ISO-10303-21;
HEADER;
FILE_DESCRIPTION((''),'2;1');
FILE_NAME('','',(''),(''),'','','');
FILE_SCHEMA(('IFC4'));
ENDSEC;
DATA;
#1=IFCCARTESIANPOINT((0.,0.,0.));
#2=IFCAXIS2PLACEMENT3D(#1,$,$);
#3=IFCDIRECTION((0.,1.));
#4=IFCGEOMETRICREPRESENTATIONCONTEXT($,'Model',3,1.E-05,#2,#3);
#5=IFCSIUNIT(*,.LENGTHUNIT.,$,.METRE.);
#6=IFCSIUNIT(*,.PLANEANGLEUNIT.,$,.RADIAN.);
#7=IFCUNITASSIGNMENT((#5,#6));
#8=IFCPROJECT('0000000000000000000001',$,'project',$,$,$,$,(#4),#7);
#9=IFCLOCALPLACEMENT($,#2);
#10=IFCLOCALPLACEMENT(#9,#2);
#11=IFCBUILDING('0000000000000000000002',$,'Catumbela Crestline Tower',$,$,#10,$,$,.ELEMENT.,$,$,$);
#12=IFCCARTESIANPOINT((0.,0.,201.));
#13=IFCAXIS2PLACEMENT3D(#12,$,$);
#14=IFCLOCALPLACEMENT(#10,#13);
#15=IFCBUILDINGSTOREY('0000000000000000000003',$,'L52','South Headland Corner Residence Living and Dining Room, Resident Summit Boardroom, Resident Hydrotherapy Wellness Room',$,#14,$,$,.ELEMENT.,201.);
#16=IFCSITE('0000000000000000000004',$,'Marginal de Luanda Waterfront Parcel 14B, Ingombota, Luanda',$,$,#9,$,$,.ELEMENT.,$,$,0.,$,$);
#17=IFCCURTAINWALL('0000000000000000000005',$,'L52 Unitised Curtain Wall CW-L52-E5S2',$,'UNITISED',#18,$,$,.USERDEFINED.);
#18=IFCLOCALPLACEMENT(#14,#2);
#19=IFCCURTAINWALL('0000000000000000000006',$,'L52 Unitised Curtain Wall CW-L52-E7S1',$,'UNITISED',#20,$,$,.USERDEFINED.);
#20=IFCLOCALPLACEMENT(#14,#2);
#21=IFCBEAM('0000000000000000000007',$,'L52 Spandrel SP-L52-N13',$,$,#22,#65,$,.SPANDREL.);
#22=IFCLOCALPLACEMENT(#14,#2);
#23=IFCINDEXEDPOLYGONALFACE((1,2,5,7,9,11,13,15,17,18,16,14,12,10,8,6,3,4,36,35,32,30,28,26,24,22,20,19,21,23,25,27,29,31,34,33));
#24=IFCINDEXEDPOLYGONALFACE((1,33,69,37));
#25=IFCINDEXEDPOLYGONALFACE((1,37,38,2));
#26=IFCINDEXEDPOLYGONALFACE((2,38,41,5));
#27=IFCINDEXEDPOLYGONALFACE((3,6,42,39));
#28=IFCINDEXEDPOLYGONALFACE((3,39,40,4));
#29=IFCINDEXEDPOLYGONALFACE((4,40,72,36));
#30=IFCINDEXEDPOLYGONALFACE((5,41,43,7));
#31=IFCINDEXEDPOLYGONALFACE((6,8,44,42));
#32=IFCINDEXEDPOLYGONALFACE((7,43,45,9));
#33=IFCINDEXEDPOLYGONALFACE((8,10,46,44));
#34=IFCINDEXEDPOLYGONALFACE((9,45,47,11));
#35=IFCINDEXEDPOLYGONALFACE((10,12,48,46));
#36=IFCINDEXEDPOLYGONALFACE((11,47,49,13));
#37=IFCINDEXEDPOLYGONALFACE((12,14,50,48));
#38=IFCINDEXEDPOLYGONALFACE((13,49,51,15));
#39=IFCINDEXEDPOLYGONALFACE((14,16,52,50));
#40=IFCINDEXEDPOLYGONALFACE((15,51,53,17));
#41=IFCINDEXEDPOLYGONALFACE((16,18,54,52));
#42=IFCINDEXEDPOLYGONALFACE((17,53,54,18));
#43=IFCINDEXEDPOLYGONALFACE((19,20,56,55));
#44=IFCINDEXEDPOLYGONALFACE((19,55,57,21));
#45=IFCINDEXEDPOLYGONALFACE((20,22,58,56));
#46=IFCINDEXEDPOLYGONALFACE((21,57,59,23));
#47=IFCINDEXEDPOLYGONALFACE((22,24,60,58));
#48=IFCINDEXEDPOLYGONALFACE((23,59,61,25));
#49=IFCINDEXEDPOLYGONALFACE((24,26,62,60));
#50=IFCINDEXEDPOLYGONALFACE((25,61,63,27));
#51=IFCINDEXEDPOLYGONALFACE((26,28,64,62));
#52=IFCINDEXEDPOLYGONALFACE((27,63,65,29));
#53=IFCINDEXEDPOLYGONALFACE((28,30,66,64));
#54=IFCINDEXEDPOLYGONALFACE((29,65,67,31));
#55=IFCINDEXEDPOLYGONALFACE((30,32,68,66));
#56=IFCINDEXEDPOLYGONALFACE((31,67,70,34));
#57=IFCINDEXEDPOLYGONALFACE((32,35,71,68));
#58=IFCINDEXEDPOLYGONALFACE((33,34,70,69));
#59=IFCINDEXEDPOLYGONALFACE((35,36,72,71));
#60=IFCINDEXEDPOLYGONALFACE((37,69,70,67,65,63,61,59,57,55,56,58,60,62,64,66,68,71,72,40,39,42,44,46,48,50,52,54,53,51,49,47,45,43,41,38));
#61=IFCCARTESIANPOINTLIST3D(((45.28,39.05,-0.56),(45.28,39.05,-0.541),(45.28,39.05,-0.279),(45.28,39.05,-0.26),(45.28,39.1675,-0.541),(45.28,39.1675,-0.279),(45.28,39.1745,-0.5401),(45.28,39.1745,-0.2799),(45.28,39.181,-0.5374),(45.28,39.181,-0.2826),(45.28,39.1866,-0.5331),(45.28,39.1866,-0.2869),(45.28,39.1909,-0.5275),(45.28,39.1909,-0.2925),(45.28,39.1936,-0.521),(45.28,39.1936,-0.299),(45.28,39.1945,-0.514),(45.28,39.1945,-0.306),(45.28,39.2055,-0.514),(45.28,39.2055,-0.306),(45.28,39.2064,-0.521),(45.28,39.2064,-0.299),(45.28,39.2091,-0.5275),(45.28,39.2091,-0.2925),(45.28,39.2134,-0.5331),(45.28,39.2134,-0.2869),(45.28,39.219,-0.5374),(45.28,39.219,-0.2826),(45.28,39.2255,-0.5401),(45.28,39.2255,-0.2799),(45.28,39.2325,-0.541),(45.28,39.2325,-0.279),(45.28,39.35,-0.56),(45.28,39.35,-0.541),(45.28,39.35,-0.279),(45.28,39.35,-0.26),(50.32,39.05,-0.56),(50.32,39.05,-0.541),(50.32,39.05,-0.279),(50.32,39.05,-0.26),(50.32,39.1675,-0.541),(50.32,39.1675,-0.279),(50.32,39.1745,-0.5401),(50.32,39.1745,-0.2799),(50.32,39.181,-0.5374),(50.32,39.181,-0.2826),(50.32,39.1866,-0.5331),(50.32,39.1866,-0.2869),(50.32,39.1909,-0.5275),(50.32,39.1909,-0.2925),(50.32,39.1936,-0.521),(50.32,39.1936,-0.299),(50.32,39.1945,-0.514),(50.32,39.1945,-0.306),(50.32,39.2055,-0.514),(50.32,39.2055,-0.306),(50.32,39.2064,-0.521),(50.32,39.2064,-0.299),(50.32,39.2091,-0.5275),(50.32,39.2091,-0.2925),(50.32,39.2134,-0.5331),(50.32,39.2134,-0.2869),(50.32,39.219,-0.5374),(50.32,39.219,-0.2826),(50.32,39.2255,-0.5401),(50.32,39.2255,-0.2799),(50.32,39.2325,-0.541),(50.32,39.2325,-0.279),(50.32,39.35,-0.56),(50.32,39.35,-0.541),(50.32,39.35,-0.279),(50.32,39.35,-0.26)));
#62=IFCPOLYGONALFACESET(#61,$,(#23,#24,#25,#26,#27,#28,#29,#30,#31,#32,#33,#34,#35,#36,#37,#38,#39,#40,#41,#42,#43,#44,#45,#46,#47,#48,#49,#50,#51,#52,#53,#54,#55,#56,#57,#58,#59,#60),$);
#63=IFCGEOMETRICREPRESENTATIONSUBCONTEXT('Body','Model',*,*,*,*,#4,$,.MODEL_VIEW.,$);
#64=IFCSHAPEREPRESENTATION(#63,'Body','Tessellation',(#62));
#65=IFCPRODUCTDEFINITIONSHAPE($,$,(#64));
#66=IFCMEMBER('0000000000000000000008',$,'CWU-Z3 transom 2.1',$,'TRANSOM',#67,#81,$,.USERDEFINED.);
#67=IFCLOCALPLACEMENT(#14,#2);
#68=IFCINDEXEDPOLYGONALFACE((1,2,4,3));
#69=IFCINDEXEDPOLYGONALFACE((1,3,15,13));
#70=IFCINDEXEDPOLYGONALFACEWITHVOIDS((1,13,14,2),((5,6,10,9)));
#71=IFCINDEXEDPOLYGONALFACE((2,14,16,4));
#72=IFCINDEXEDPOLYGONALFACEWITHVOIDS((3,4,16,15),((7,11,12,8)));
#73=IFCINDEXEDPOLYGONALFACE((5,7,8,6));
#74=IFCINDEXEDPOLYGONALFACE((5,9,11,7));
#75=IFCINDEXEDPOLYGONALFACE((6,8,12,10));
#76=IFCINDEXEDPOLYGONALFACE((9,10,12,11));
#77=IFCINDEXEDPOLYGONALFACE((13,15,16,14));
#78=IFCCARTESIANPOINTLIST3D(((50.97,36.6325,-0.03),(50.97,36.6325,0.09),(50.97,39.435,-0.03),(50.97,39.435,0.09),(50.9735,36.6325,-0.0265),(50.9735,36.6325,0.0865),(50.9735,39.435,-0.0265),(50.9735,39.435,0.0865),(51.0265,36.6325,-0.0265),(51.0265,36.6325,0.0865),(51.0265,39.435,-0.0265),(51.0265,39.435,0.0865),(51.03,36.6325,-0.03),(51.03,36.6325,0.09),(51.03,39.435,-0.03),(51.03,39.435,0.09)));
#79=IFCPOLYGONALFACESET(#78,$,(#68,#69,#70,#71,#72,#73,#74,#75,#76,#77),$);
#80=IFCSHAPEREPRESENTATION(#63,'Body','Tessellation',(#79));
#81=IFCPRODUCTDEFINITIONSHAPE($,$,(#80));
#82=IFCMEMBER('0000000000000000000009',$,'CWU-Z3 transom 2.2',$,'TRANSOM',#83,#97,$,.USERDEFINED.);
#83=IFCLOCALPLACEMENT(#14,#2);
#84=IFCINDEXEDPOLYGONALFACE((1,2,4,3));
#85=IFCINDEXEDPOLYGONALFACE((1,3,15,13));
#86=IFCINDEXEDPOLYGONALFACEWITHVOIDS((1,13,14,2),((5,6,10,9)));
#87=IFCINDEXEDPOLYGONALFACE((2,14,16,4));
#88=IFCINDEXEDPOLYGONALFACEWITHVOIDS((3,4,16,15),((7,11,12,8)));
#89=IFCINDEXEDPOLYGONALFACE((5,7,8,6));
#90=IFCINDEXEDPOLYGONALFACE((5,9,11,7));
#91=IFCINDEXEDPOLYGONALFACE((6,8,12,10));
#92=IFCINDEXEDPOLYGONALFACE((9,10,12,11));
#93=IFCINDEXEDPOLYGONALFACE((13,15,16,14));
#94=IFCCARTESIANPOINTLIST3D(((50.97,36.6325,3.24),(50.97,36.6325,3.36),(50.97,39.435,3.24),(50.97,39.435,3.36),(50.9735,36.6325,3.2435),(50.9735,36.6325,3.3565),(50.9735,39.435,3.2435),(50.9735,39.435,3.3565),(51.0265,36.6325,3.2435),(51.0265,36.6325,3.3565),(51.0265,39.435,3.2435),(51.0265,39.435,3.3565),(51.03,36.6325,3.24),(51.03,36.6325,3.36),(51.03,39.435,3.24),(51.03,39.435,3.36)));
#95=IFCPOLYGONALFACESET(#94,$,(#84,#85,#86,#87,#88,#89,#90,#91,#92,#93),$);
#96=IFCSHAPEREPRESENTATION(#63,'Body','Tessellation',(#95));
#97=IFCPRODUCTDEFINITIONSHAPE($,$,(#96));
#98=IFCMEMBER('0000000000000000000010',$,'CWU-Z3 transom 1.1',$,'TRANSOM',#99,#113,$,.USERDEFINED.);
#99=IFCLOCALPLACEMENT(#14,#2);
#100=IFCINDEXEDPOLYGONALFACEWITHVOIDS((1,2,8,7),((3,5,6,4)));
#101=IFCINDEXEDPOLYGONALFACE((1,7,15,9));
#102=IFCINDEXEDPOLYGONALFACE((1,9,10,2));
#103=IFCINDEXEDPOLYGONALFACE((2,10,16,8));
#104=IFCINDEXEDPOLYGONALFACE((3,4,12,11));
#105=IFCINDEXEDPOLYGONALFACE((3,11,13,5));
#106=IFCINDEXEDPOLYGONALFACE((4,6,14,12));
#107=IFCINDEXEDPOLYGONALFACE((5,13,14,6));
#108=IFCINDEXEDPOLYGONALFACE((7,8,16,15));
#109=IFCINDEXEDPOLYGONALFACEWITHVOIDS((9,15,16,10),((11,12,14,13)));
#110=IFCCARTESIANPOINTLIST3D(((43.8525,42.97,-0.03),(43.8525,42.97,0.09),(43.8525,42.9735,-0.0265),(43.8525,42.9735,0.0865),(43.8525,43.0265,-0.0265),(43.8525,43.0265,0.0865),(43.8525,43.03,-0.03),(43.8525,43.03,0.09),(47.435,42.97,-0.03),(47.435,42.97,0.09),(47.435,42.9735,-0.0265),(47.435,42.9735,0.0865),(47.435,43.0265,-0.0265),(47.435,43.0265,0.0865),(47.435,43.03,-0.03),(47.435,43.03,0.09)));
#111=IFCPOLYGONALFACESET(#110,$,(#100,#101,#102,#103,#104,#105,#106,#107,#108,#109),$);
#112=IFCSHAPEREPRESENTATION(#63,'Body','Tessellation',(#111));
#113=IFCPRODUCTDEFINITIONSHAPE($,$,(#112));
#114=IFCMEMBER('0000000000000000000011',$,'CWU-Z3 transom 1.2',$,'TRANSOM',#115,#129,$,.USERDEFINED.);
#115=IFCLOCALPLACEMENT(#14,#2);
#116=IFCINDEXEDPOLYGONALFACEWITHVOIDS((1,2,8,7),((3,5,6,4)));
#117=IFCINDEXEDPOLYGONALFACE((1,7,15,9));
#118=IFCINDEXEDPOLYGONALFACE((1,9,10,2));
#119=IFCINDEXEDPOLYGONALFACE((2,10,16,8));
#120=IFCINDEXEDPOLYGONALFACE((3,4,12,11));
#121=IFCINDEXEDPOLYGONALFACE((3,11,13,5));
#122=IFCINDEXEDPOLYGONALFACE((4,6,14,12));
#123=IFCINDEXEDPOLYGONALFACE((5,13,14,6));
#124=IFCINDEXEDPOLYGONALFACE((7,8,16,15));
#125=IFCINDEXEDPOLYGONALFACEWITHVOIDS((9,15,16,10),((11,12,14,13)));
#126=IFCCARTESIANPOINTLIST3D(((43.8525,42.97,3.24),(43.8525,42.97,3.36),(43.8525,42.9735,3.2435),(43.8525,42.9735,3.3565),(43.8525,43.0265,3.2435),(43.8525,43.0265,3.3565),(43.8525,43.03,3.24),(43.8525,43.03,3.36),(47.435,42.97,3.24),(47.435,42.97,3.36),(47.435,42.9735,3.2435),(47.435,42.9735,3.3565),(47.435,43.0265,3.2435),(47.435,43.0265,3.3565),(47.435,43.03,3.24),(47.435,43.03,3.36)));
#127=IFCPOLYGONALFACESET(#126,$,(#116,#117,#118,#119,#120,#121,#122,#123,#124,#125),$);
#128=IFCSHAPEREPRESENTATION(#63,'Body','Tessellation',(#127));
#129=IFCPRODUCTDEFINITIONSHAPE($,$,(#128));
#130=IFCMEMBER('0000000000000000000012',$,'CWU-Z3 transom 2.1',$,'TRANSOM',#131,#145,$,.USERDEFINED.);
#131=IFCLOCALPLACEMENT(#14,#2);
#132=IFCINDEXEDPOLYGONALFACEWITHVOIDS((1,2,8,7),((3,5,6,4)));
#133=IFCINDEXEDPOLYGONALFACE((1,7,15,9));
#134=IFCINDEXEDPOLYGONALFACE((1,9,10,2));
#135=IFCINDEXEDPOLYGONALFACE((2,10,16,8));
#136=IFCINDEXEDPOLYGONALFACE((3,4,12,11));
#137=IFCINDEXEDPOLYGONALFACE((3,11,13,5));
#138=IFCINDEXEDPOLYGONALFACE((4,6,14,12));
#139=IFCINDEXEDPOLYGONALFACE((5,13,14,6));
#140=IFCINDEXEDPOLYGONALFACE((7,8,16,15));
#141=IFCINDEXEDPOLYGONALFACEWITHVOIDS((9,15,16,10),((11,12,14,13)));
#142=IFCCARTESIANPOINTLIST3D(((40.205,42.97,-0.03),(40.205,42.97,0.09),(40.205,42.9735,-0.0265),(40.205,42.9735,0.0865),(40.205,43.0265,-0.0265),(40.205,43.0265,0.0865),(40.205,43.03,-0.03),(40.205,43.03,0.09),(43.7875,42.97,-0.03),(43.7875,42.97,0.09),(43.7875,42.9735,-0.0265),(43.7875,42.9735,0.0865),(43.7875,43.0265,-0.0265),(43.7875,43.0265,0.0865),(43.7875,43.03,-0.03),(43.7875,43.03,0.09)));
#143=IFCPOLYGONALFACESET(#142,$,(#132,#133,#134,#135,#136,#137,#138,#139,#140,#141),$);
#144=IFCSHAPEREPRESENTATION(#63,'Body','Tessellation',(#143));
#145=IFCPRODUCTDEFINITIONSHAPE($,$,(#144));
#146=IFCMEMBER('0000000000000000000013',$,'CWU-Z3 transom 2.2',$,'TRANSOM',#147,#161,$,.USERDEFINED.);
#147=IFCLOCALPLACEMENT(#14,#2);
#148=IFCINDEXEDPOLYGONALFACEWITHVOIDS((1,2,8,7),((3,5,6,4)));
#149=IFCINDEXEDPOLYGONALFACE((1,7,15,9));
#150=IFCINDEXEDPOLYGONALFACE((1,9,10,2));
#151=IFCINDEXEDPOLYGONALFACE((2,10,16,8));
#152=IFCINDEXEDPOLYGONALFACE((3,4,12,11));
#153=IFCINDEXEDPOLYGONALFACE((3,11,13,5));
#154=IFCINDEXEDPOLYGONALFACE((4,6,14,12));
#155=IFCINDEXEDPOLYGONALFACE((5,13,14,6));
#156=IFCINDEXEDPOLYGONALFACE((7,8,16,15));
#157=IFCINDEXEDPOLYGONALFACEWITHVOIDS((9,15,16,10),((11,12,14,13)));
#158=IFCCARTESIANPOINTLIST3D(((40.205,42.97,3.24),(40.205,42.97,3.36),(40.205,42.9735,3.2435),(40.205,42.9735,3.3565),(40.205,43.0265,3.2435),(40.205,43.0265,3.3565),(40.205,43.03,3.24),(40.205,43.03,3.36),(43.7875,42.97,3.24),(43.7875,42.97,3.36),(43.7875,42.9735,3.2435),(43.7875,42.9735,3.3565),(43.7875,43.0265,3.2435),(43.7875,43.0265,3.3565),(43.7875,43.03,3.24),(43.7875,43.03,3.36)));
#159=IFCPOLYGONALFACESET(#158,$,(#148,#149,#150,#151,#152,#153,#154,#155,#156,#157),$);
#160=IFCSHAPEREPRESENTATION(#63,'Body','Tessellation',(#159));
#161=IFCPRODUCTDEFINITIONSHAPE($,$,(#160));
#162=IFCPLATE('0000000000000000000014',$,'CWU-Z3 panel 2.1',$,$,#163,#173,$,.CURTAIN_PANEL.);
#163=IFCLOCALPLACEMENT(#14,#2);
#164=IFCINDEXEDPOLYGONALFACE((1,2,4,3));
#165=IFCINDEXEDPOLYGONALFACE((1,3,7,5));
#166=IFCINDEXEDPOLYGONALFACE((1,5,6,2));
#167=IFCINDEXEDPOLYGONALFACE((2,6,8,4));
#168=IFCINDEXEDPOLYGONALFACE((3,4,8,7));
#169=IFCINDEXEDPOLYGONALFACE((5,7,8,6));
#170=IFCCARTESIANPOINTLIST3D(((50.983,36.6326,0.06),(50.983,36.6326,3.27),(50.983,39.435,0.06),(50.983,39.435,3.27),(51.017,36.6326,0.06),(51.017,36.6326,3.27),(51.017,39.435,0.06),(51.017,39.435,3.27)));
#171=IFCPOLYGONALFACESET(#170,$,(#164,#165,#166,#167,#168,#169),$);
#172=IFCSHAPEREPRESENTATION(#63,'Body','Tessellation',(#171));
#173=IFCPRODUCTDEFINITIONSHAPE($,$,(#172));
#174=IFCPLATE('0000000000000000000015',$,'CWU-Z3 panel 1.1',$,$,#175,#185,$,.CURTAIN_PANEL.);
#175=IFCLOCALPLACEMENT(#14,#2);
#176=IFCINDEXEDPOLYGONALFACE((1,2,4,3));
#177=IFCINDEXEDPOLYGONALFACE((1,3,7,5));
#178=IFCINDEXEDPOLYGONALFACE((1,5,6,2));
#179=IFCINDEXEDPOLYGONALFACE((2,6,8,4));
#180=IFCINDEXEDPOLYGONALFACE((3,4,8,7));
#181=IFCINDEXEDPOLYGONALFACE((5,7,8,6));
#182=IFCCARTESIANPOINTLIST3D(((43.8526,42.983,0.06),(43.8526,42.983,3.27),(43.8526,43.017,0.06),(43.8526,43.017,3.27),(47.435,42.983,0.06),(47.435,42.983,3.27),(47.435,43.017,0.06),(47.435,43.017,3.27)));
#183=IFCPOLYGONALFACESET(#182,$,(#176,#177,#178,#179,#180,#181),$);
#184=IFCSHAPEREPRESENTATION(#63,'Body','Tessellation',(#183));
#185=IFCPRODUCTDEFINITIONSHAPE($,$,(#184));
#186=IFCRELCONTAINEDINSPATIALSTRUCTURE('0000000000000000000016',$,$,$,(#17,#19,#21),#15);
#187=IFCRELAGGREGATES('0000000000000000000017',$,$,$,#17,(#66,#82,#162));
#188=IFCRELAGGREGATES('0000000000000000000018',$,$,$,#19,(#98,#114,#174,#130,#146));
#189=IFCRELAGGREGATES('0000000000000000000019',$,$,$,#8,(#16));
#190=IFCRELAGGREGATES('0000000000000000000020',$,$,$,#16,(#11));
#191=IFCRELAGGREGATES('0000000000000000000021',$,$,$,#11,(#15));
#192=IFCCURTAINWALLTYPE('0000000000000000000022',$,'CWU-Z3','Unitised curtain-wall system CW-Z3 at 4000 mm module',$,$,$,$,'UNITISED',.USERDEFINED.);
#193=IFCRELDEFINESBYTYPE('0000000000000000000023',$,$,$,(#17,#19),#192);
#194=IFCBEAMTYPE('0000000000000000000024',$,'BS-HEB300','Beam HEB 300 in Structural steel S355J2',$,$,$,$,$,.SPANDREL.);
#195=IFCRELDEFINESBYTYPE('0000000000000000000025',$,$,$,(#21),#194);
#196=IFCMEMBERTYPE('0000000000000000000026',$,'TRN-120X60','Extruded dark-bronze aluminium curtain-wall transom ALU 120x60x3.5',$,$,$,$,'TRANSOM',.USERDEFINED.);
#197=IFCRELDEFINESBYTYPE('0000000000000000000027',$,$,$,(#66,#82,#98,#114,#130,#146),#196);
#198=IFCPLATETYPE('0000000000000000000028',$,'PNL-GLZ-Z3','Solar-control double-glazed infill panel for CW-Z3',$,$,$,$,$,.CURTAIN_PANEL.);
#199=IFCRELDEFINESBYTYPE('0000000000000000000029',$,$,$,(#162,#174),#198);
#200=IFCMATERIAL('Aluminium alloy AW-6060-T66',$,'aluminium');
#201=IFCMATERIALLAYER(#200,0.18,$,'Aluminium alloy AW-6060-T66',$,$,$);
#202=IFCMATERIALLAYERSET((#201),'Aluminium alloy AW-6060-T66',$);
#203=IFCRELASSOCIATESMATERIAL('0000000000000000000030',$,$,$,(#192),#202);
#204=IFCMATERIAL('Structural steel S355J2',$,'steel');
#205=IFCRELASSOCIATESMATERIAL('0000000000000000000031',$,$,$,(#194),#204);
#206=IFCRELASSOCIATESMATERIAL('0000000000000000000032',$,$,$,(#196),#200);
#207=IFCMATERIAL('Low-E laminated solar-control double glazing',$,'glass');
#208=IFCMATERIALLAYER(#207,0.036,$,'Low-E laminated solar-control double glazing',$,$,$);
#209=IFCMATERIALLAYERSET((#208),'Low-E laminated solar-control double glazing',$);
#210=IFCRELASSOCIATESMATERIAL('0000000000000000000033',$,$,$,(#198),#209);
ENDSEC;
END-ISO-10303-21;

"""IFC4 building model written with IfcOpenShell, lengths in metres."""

from ifc_helpers import new_model, si_unit, direction, frame, origin, origin_2d, place, context, subcontext, project, spatial, rectangle, hollow_rectangle, i_section, extrude, material, layer, layer_set, material_profile, profile_set, type_object, element, aggregate, save


model = new_model("IFC4")

# Units and contexts
model_context = context("Model", 3, precision=1e-05, world=origin(), true_north=direction((0.0, 1.0)))
body_context = subcontext(model_context, "Body", "Model", "MODEL_VIEW")
ifc_project = project(units=[si_unit("LENGTHUNIT", "METRE"), si_unit("PLANEANGLEUNIT", "RADIAN")], contexts=[model_context])

# Site, building, storey
site_placement = place(None, origin())
site = spatial("IfcSite", under=ifc_project, at=site_placement, Name="Marginal de Luanda Waterfront Parcel 14B, Ingombota, Luanda", CompositionType="ELEMENT", RefElevation=0.0)
building_placement = place(site_placement, origin())
building = spatial("IfcBuilding", under=site, at=building_placement, Name="Catumbela Crestline Tower", CompositionType="ELEMENT")
storey_placement = place(building_placement, frame((0.0, 0.0, 201.0)))
storey = spatial("IfcBuildingStorey", under=building, at=storey_placement, Name="L52", Description="South Headland Corner Residence Living and Dining Room, Resident Summit Boardroom, Resident Hydrotherapy Wellness Room", CompositionType="ELEMENT", Elevation=201.0)

# Shared definitions
ifc_material_1 = material(Name="Structural steel S355J2", Category="steel")

# Curtain wall
ifc_material_2 = material(Name="Aluminium alloy AW-6060-T66", Category="aluminium")
ifc_layer_1 = layer(ifc_material_2, 0.18, Name="Aluminium alloy AW-6060-T66")
ifc_layer_set_1 = layer_set([ifc_layer_1], Name="Aluminium alloy AW-6060-T66")
curtain_wall_type = type_object("IfcCurtainWallType", Name="CWU-Z3", Description="Unitised curtain-wall system CW-Z3 at 4000 mm module", ElementType="UNITISED", PredefinedType="USERDEFINED", material=ifc_layer_set_1)
curtain_wall_1_placement = place(storey_placement, origin())
curtain_wall_1 = element("IfcCurtainWall", 1, at=curtain_wall_1_placement, inside=storey, type_object=curtain_wall_type, Name="L52 Unitised Curtain Wall CW-L52-E5S2", ObjectType="UNITISED", PredefinedType="USERDEFINED")

# Curtain wall
curtain_wall_2_placement = place(storey_placement, origin())
curtain_wall_2 = element("IfcCurtainWall", 2, at=curtain_wall_2_placement, inside=storey, type_object=curtain_wall_type, Name="L52 Unitised Curtain Wall CW-L52-E7S1", ObjectType="UNITISED", PredefinedType="USERDEFINED")

# Beam
ifc_material_profile_1 = material_profile(ifc_material_1, i_section(OverallWidth=0.3, OverallDepth=0.3, WebThickness=0.011, FlangeThickness=0.019, FilletRadius=0.027, at=origin_2d()), Name="HEB 300")
ifc_profile_set_1 = profile_set([ifc_material_profile_1], Name="Structural steel S355J2")
beam_type = type_object("IfcBeamType", Name="BS-HEB300", Description="Beam HEB 300 in Structural steel S355J2", PredefinedType="SPANDREL", material=ifc_profile_set_1)
beam_placement = place(storey_placement, frame((45.28, 39.2, -0.41), z_axis=(1.0, 0.0, 0.0), x_axis=(0.0, 1.0, 0.0)))
element("IfcBeam", 3, at=beam_placement, inside=storey, type_object=beam_type, Name="L52 Spandrel SP-L52-N13", PredefinedType="SPANDREL", context=body_context, shape_type="SweptSolid", body=[
    extrude(i_section(OverallWidth=0.3, OverallDepth=0.3, WebThickness=0.011, FlangeThickness=0.019, FilletRadius=0.027, at=origin_2d()), origin(), (0.0, 0.0, 1.0), 5.04),
])

# Members
ifc_material_profile_2 = material_profile(ifc_material_2, hollow_rectangle(XDim=0.06, YDim=0.12, WallThickness=0.0035, at=origin_2d()), Name="ALU 120x60x3.5")
ifc_profile_set_2 = profile_set([ifc_material_profile_2], Name="Aluminium alloy AW-6060-T66")
member_type_1 = type_object("IfcMemberType", Name="TRN-120X60", Description="Extruded dark-bronze aluminium curtain-wall transom ALU 120x60x3.5", ElementType="TRANSOM", PredefinedType="USERDEFINED", material=ifc_profile_set_2)
member_1_placement = place(storey_placement, frame((51.0, 36.6325, 0.03), z_axis=(0.0, 1.0, 0.0), x_axis=(-1.0, 0.0, 0.0)))
member_1 = element("IfcMember", 4, at=member_1_placement, type_object=member_type_1, Name="CWU-Z3 transom 2.1", ObjectType="TRANSOM", PredefinedType="USERDEFINED", context=body_context, shape_type="SweptSolid", body=[
    extrude(hollow_rectangle(XDim=0.06, YDim=0.12, WallThickness=0.0035, at=origin_2d()), origin(), (0.0, 0.0, 1.0), 2.8025),
])
member_2_placement = place(storey_placement, frame((51.0, 36.6325, 3.3), z_axis=(0.0, 1.0, 0.0), x_axis=(-1.0, 0.0, 0.0)))
member_2 = element("IfcMember", 5, at=member_2_placement, type_object=member_type_1, Name="CWU-Z3 transom 2.2", ObjectType="TRANSOM", PredefinedType="USERDEFINED", context=body_context, shape_type="SweptSolid", body=[
    extrude(hollow_rectangle(XDim=0.06, YDim=0.12, WallThickness=0.0035, at=origin_2d()), origin(), (0.0, 0.0, 1.0), 2.8025),
])
member_3_placement = place(storey_placement, frame((47.435, 43.0, 0.03), z_axis=(-1.0, 0.0, 0.0), x_axis=(0.0, -1.0, 0.0)))
member_3 = element("IfcMember", 6, at=member_3_placement, type_object=member_type_1, Name="CWU-Z3 transom 1.1", ObjectType="TRANSOM", PredefinedType="USERDEFINED", context=body_context, shape_type="SweptSolid", body=[
    extrude(hollow_rectangle(XDim=0.06, YDim=0.12, WallThickness=0.0035, at=origin_2d()), origin(), (0.0, 0.0, 1.0), 3.5825),
])
member_4_placement = place(storey_placement, frame((47.435, 43.0, 3.3), z_axis=(-1.0, 0.0, 0.0), x_axis=(0.0, -1.0, 0.0)))
member_4 = element("IfcMember", 7, at=member_4_placement, type_object=member_type_1, Name="CWU-Z3 transom 1.2", ObjectType="TRANSOM", PredefinedType="USERDEFINED", context=body_context, shape_type="SweptSolid", body=[
    extrude(hollow_rectangle(XDim=0.06, YDim=0.12, WallThickness=0.0035, at=origin_2d()), origin(), (0.0, 0.0, 1.0), 3.5825),
])
member_5_placement = place(storey_placement, frame((43.7875, 43.0, 0.03), z_axis=(-1.0, 0.0, 0.0), x_axis=(0.0, -1.0, 0.0)))
member_5 = element("IfcMember", 8, at=member_5_placement, type_object=member_type_1, Name="CWU-Z3 transom 2.1", ObjectType="TRANSOM", PredefinedType="USERDEFINED", context=body_context, shape_type="SweptSolid", body=[
    extrude(hollow_rectangle(XDim=0.06, YDim=0.12, WallThickness=0.0035, at=origin_2d()), origin(), (0.0, 0.0, 1.0), 3.5825),
])
member_6_placement = place(storey_placement, frame((43.7875, 43.0, 3.3), z_axis=(-1.0, 0.0, 0.0), x_axis=(0.0, -1.0, 0.0)))
member_6 = element("IfcMember", 9, at=member_6_placement, type_object=member_type_1, Name="CWU-Z3 transom 2.2", ObjectType="TRANSOM", PredefinedType="USERDEFINED", context=body_context, shape_type="SweptSolid", body=[
    extrude(hollow_rectangle(XDim=0.06, YDim=0.12, WallThickness=0.0035, at=origin_2d()), origin(), (0.0, 0.0, 1.0), 3.5825),
])

# Plates
ifc_material_3 = material(Name="Low-E laminated solar-control double glazing", Category="glass")
ifc_layer_2 = layer(ifc_material_3, 0.036, Name="Low-E laminated solar-control double glazing")
ifc_layer_set_2 = layer_set([ifc_layer_2], Name="Low-E laminated solar-control double glazing")
plate_type = type_object("IfcPlateType", Name="PNL-GLZ-Z3", Description="Solar-control double-glazed infill panel for CW-Z3", PredefinedType="CURTAIN_PANEL", material=ifc_layer_set_2)
plate_1_placement = place(storey_placement, frame((51.0, 38.0338, 0.06), z_axis=(0.0, 0.0, 1.0), x_axis=(0.0, 1.0, 0.0)))
plate_1 = element("IfcPlate", 10, at=plate_1_placement, type_object=plate_type, Name="CWU-Z3 panel 2.1", PredefinedType="CURTAIN_PANEL", context=body_context, shape_type="SweptSolid", body=[
    extrude(rectangle(XDim=2.8025, YDim=0.034, at=origin_2d()), origin(), (0.0, 0.0, 1.0), 3.21),
])
aggregate(curtain_wall_1, [member_1, member_2, plate_1])
plate_2_placement = place(storey_placement, frame((45.6438, 43.0, 0.06), z_axis=(0.0, 0.0, 1.0), x_axis=(-1.0, 0.0, 0.0)))
plate_2 = element("IfcPlate", 11, at=plate_2_placement, type_object=plate_type, Name="CWU-Z3 panel 1.1", PredefinedType="CURTAIN_PANEL", context=body_context, shape_type="SweptSolid", body=[
    extrude(rectangle(XDim=3.5825, YDim=0.034, at=origin_2d()), origin(), (0.0, 0.0, 1.0), 3.21),
])
aggregate(curtain_wall_2, [member_3, member_4, plate_2, member_5, member_6])

save(model, "model.ifc")
